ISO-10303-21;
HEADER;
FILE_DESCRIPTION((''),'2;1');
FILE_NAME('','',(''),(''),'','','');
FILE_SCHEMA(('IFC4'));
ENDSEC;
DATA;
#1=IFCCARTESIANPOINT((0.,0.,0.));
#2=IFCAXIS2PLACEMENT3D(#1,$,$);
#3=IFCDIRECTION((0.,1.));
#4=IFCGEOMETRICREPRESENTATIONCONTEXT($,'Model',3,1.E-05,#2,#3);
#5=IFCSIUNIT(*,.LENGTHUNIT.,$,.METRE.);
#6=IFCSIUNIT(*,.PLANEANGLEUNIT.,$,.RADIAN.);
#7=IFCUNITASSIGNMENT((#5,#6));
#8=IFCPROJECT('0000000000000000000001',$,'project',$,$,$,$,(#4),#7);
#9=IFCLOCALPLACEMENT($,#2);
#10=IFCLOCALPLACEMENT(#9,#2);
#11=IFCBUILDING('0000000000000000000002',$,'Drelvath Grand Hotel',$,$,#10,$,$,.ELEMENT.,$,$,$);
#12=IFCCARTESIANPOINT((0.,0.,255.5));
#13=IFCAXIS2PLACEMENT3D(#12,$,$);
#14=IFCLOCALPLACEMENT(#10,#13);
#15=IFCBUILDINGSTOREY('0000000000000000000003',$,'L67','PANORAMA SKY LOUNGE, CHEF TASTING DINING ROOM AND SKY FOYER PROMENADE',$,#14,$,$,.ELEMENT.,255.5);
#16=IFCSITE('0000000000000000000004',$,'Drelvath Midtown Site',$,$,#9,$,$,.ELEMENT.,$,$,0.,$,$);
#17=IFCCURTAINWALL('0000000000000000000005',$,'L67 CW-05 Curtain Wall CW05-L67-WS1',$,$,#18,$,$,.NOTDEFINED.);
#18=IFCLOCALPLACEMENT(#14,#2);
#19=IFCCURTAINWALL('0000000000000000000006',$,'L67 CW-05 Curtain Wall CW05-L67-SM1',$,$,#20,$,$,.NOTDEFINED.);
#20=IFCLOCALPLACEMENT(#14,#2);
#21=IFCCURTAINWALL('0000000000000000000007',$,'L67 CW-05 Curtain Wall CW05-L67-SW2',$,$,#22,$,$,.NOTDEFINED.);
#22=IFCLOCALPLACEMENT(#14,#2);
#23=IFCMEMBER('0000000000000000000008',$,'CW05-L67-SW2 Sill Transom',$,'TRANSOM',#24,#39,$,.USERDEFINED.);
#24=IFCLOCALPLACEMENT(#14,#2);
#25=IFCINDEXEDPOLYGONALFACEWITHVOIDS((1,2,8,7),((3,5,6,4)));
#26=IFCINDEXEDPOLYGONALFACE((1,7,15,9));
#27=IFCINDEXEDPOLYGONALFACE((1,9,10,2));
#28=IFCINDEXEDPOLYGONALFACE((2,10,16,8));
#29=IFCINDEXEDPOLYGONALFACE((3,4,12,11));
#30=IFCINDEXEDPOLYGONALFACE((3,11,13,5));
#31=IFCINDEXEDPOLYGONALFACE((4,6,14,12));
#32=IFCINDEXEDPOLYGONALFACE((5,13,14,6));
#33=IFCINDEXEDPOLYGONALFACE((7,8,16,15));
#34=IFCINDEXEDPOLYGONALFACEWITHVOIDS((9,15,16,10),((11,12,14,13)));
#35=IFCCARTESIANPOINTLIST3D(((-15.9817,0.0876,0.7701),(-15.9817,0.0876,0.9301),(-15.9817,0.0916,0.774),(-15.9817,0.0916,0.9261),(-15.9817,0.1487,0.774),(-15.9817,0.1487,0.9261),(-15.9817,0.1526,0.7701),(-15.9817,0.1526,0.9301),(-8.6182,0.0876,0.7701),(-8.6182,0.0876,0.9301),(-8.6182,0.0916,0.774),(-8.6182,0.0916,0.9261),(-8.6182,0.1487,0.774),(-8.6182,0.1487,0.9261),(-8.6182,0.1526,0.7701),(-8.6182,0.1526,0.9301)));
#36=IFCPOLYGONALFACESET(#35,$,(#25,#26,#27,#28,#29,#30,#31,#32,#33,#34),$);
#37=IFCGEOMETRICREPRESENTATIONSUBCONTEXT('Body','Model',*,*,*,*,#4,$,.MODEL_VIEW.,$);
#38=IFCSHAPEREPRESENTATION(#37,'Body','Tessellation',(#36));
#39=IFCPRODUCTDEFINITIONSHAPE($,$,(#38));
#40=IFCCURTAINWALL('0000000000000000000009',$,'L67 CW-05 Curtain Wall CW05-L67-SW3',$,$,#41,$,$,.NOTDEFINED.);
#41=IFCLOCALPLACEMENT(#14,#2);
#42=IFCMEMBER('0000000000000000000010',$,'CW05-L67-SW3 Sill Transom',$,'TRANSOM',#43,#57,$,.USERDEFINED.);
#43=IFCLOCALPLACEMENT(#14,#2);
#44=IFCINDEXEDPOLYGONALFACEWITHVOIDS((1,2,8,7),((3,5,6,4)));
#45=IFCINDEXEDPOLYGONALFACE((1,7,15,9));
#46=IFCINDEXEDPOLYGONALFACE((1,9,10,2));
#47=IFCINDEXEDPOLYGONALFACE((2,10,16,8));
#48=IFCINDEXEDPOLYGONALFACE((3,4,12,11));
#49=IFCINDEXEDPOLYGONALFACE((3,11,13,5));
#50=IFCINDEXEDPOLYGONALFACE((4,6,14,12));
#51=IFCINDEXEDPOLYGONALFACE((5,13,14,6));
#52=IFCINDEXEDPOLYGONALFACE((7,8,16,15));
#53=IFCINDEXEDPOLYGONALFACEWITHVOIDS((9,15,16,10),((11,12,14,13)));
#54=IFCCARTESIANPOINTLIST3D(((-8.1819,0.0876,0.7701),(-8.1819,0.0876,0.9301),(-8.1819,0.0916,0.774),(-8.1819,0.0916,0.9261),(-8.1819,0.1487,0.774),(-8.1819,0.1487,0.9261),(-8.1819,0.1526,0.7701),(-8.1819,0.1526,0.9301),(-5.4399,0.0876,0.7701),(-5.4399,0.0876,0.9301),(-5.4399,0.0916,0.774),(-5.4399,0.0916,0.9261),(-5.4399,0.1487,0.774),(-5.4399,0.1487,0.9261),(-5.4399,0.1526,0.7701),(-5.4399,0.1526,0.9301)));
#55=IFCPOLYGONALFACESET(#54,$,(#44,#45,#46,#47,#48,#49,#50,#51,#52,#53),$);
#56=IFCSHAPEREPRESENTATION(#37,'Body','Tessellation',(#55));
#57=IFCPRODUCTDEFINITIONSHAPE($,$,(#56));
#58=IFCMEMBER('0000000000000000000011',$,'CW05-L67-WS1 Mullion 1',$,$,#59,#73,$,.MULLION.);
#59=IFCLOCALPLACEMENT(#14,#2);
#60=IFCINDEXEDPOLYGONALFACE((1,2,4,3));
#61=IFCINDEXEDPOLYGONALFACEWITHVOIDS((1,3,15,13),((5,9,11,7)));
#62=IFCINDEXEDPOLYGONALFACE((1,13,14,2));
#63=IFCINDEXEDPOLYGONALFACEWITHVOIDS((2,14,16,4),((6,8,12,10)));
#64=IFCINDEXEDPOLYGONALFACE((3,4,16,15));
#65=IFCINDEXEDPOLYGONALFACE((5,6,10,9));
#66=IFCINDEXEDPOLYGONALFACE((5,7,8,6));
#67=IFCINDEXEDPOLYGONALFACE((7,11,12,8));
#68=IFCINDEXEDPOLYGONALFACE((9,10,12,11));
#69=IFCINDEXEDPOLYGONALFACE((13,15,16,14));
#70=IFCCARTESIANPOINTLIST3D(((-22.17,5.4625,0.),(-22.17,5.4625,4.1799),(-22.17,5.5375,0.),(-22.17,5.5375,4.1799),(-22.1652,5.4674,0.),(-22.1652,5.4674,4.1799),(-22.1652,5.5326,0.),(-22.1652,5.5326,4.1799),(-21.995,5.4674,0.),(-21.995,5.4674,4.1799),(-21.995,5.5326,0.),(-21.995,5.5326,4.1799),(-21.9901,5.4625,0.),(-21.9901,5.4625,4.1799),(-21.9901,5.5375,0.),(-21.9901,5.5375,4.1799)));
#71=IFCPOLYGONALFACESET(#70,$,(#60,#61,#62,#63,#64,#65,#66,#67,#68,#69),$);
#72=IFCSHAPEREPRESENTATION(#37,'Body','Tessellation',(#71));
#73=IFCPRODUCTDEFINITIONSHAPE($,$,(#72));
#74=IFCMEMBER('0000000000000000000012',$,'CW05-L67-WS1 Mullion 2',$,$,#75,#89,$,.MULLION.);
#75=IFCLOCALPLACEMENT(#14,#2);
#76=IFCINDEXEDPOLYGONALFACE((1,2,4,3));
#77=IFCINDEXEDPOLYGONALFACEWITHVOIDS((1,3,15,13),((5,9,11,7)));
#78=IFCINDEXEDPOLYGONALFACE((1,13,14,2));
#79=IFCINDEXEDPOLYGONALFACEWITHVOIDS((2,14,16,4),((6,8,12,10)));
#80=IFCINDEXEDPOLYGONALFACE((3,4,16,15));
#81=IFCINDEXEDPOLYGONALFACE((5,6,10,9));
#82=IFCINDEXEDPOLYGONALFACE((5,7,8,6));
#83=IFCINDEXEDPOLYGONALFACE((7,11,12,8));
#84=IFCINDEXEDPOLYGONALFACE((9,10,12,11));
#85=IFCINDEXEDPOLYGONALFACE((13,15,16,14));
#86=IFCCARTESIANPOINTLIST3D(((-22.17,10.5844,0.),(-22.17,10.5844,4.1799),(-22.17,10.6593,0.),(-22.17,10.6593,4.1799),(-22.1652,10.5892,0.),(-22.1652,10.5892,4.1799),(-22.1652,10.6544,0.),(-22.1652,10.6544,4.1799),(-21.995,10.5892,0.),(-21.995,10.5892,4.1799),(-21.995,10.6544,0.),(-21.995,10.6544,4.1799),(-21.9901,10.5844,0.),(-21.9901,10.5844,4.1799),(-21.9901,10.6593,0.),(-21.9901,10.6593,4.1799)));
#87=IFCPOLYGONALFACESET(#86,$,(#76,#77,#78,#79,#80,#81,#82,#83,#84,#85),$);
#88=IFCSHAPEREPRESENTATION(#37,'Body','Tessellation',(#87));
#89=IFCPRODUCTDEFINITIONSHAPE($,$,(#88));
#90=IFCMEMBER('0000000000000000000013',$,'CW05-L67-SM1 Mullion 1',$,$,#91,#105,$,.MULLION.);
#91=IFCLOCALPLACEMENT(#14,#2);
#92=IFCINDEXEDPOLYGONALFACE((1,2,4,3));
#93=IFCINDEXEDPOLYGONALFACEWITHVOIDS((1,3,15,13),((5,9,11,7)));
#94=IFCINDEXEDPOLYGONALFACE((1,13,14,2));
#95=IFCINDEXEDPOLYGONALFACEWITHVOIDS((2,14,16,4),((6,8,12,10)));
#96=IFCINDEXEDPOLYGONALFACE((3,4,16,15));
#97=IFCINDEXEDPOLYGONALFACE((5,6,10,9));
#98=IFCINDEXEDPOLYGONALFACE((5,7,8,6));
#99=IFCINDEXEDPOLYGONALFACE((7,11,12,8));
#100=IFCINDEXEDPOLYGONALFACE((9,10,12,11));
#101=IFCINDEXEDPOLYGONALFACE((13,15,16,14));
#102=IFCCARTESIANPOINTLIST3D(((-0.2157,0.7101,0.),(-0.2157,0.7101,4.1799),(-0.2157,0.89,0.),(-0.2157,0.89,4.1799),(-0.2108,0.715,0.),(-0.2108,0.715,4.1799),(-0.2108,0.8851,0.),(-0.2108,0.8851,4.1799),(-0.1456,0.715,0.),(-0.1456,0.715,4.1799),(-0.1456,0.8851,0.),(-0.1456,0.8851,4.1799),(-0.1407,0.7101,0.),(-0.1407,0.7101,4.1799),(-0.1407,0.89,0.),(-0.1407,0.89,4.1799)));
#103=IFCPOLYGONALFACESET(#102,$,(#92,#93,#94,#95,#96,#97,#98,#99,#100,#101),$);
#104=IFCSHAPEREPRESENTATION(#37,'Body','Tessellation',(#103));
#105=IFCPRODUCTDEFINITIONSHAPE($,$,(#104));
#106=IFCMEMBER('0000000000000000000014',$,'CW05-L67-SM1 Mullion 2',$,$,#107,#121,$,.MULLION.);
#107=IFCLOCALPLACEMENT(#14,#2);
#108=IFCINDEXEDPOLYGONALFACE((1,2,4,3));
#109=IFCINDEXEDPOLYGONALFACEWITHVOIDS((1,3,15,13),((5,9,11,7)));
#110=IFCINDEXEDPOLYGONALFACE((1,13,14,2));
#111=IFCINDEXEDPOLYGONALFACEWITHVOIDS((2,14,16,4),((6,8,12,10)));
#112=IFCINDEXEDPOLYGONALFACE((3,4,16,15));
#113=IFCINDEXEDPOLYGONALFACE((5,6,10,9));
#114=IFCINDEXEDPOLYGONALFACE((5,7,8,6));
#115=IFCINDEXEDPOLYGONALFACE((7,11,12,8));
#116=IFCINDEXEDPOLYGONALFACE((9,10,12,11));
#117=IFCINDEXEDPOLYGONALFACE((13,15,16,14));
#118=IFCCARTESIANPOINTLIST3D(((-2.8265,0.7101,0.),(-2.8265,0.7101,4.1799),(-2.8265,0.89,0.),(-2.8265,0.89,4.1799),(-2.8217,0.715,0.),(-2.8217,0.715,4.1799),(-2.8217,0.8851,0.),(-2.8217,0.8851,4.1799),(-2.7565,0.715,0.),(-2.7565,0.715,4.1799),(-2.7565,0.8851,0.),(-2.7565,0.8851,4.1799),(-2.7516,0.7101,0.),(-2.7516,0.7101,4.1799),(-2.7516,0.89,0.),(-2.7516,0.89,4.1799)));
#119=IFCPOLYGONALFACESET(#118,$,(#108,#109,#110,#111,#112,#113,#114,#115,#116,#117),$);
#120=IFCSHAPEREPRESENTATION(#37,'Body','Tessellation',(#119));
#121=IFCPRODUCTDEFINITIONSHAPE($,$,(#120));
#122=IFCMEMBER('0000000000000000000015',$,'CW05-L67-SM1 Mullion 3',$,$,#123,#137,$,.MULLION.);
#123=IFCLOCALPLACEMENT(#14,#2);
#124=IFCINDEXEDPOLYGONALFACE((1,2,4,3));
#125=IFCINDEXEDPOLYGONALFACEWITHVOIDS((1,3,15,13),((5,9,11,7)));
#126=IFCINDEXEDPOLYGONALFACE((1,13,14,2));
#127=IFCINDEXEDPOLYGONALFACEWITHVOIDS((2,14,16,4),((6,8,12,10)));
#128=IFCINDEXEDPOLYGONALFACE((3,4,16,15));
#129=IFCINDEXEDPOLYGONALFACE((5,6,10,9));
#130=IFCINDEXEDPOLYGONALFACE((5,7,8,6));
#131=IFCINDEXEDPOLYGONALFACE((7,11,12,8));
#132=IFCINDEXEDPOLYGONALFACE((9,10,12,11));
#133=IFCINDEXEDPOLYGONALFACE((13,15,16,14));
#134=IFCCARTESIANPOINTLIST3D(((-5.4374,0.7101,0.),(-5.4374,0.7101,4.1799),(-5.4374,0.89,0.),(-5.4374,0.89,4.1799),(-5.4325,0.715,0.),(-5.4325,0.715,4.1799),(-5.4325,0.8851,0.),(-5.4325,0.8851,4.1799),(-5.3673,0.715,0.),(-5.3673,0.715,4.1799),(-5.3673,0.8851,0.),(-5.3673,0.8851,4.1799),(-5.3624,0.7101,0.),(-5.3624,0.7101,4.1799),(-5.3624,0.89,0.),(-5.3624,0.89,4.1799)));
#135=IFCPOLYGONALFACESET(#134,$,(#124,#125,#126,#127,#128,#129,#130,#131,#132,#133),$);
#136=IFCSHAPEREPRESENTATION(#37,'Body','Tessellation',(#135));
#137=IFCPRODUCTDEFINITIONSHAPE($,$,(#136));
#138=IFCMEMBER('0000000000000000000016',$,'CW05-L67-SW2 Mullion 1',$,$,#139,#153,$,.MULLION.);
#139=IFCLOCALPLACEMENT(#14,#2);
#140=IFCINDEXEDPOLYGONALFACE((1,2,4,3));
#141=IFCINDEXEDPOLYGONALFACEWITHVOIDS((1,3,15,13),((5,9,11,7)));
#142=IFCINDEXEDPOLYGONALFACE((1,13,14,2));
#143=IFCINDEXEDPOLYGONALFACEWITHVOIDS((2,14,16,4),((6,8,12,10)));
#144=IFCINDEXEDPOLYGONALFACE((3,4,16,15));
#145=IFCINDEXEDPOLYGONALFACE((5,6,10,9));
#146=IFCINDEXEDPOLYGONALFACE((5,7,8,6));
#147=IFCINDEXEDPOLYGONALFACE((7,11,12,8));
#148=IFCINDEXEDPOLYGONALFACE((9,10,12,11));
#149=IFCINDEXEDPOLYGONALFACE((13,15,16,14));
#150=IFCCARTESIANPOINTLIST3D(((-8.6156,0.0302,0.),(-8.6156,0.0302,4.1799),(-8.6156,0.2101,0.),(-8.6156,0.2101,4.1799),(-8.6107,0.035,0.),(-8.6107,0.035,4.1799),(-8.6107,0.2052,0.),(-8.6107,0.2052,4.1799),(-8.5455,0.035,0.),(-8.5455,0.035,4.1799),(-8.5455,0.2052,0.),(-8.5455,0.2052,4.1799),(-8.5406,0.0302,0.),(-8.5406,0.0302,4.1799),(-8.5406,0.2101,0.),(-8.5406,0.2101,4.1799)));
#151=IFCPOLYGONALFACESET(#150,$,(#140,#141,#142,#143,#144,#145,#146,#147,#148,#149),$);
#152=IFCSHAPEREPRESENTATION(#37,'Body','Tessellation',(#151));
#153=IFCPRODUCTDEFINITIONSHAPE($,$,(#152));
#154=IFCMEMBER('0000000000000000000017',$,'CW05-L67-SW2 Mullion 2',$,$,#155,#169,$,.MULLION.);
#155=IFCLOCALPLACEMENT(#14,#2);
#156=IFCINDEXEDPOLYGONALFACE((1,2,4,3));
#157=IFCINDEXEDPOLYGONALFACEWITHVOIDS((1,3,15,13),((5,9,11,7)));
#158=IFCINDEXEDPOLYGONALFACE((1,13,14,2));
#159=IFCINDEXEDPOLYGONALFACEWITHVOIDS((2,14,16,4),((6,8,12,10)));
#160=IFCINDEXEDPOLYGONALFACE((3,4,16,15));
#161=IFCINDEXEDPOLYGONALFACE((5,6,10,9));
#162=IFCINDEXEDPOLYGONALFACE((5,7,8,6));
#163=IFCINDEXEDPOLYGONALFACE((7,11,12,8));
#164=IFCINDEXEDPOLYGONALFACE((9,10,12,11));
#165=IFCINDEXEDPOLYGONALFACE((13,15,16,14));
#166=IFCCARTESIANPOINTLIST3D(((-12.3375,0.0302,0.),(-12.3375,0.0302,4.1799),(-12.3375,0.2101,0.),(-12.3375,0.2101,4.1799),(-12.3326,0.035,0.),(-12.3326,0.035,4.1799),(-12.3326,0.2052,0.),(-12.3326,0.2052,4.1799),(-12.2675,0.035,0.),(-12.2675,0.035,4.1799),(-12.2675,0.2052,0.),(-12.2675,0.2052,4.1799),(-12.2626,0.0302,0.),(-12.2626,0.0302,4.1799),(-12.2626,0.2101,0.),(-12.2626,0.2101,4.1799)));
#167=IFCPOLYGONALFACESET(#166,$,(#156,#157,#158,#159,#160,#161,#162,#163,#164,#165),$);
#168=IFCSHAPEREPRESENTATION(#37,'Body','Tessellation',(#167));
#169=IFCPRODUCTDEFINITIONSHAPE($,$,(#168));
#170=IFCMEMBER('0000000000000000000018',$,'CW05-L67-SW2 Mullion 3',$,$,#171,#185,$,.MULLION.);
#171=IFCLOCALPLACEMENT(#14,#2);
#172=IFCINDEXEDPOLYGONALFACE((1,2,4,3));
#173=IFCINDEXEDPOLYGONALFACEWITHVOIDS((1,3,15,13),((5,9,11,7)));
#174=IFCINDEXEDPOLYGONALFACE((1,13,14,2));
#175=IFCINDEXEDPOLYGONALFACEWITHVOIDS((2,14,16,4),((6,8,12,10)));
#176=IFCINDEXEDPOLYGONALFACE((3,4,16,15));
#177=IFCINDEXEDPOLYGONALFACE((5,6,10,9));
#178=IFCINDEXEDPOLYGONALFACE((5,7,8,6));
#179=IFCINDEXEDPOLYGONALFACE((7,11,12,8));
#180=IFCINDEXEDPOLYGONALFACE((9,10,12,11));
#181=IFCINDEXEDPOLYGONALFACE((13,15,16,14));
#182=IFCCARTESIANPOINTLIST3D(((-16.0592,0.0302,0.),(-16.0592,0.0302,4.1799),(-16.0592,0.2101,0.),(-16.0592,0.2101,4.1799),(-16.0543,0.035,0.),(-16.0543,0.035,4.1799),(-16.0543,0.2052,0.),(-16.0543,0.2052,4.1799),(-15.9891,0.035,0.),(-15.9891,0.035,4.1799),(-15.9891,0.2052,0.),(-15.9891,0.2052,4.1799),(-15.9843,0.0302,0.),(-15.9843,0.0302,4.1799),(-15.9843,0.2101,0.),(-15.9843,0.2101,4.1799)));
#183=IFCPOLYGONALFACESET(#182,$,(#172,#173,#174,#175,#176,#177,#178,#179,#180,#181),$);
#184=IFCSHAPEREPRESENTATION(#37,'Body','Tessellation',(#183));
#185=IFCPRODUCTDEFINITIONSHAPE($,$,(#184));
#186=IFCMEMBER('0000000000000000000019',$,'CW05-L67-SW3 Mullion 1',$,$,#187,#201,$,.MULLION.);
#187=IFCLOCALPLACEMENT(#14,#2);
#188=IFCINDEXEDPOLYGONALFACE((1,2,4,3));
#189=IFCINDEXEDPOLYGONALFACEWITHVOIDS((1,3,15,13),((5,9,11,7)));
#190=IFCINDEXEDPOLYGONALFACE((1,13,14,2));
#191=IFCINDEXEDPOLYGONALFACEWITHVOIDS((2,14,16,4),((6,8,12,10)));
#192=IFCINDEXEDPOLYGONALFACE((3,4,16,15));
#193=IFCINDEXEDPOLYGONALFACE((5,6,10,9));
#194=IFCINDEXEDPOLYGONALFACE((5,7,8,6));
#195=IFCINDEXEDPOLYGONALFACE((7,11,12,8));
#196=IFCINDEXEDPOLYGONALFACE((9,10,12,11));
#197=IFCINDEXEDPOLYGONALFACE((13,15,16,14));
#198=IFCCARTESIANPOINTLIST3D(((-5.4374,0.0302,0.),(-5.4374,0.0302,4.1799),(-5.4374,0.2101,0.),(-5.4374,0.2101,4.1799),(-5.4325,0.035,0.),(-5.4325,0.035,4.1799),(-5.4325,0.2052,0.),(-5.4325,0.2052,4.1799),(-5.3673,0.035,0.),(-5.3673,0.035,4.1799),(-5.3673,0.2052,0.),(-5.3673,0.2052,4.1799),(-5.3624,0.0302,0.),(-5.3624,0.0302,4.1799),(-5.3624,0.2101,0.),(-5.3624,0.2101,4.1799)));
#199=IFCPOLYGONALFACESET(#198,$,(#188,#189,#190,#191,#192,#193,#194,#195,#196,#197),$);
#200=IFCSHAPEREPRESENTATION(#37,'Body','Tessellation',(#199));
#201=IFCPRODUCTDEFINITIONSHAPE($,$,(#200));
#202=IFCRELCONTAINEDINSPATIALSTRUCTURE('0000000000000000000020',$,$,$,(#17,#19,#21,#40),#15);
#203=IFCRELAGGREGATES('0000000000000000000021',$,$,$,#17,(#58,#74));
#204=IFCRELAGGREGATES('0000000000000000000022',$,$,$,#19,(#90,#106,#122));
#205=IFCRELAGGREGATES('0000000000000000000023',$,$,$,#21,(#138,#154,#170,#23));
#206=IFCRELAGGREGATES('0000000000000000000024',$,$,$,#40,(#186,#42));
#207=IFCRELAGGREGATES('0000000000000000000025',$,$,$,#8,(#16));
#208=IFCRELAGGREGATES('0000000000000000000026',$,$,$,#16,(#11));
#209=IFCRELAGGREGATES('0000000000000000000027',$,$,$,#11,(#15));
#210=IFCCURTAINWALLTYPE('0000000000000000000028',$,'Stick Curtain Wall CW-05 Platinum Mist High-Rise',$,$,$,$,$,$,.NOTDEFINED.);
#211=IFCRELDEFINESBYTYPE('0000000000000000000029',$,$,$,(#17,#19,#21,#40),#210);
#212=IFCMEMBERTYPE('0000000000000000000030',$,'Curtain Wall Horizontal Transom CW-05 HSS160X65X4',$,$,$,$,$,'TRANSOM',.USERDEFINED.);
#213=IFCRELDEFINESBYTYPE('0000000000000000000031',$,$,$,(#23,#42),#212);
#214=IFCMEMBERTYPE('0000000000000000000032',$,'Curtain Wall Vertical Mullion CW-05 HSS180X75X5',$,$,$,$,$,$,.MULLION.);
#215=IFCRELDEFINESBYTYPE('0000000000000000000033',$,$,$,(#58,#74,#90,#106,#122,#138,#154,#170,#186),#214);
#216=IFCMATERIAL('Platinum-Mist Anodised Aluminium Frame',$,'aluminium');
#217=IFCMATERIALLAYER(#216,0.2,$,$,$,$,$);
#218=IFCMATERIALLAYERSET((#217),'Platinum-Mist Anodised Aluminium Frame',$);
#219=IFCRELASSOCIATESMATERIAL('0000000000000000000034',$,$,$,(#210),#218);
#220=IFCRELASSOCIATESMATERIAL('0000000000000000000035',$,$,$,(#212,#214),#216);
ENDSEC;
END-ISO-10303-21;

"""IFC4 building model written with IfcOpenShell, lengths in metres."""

from ifc_helpers import new_model, si_unit, direction, frame, origin, origin_2d, place, context, subcontext, project, spatial, hollow_rectangle, extrude, material, layer, layer_set, material_profile, profile_set, type_object, element, aggregate, save


model = new_model("IFC4")

# Units and contexts
model_context = context("Model", 3, precision=1e-05, world=origin(), true_north=direction((0.0, 1.0)))
body_context = subcontext(model_context, "Body", "Model", "MODEL_VIEW")
ifc_project = project(units=[si_unit("LENGTHUNIT", "METRE"), si_unit("PLANEANGLEUNIT", "RADIAN")], contexts=[model_context])

# Site, building, storey
site_placement = place(None, origin())
site = spatial("IfcSite", under=ifc_project, at=site_placement, Name="Drelvath Midtown Site", CompositionType="ELEMENT", RefElevation=0.0)
building_placement = place(site_placement, origin())
building = spatial("IfcBuilding", under=site, at=building_placement, Name="Drelvath Grand Hotel", CompositionType="ELEMENT")
storey_placement = place(building_placement, frame((0.0, 0.0, 255.5)))
storey = spatial("IfcBuildingStorey", under=building, at=storey_placement, Name="L67", Description="PANORAMA SKY LOUNGE, CHEF TASTING DINING ROOM AND SKY FOYER PROMENADE", CompositionType="ELEMENT", Elevation=255.5)

# Curtain walls, members
ifc_material_1 = material(Name="Platinum-Mist Anodised Aluminium Frame", Category="aluminium")
ifc_layer_1 = layer(ifc_material_1, 0.2)
ifc_layer_set_1 = layer_set([ifc_layer_1], Name="Platinum-Mist Anodised Aluminium Frame")
curtain_wall_type = type_object("IfcCurtainWallType", Name="Stick Curtain Wall CW-05 Platinum Mist High-Rise", PredefinedType="NOTDEFINED", material=ifc_layer_set_1)
curtain_wall_1_placement = place(storey_placement, origin())
curtain_wall_1 = element("IfcCurtainWall", 1, at=curtain_wall_1_placement, inside=storey, type_object=curtain_wall_type, Name="L67 CW-05 Curtain Wall CW05-L67-WS1", PredefinedType="NOTDEFINED")
ifc_material_profile_1 = material_profile(ifc_material_1, hollow_rectangle(XDim=0.0649, YDim=0.1599, WallThickness=0.0039, at=origin_2d()), Name="HSS160X65X4")
ifc_profile_set_1 = profile_set([ifc_material_profile_1], Name="Platinum-Mist Anodised Aluminium Frame")
member_type_1 = type_object("IfcMemberType", Name="Curtain Wall Horizontal Transom CW-05 HSS160X65X4", ElementType="TRANSOM", PredefinedType="USERDEFINED", material=ifc_profile_set_1)
curtain_wall_2_placement = place(storey_placement, origin())
curtain_wall_2 = element("IfcCurtainWall", 2, at=curtain_wall_2_placement, inside=storey, type_object=curtain_wall_type, Name="L67 CW-05 Curtain Wall CW05-L67-SM1", PredefinedType="NOTDEFINED")
curtain_wall_3_placement = place(storey_placement, origin())
curtain_wall_3 = element("IfcCurtainWall", 3, at=curtain_wall_3_placement, inside=storey, type_object=curtain_wall_type, Name="L67 CW-05 Curtain Wall CW05-L67-SW2", PredefinedType="NOTDEFINED")
member_1_placement = place(storey_placement, frame((-8.6182, 0.1201, 0.8501), z_axis=(-1.0, 0.0, 0.0), x_axis=(0.0, -1.0, 0.0)))
member_1 = element("IfcMember", 4, at=member_1_placement, type_object=member_type_1, Name="CW05-L67-SW2 Sill Transom", ObjectType="TRANSOM", PredefinedType="USERDEFINED", context=body_context, shape_type="SweptSolid", body=[
    extrude(hollow_rectangle(XDim=0.0649, YDim=0.1599, WallThickness=0.0039, at=origin_2d()), origin(), (0.0, 0.0, 1.0), 7.3635),
])
curtain_wall_4_placement = place(storey_placement, origin())
curtain_wall_4 = element("IfcCurtainWall", 5, at=curtain_wall_4_placement, inside=storey, type_object=curtain_wall_type, Name="L67 CW-05 Curtain Wall CW05-L67-SW3", PredefinedType="NOTDEFINED")
member_2_placement = place(storey_placement, frame((-5.4399, 0.1201, 0.8501), z_axis=(-1.0, 0.0, 0.0), x_axis=(0.0, -1.0, 0.0)))
member_2 = element("IfcMember", 6, at=member_2_placement, type_object=member_type_1, Name="CW05-L67-SW3 Sill Transom", ObjectType="TRANSOM", PredefinedType="USERDEFINED", context=body_context, shape_type="SweptSolid", body=[
    extrude(hollow_rectangle(XDim=0.0649, YDim=0.1599, WallThickness=0.0039, at=origin_2d()), origin(), (0.0, 0.0, 1.0), 2.7419),
])

# Members
ifc_material_profile_2 = material_profile(ifc_material_1, hollow_rectangle(XDim=0.075, YDim=0.1799, WallThickness=0.0049, at=origin_2d()), Name="HSS180X75X5")
ifc_profile_set_2 = profile_set([ifc_material_profile_2], Name="Platinum-Mist Anodised Aluminium Frame")
member_type_2 = type_object("IfcMemberType", Name="Curtain Wall Vertical Mullion CW-05 HSS180X75X5", PredefinedType="MULLION", material=ifc_profile_set_2)
member_3_placement = place(storey_placement, frame((-22.0801, 5.5, 0.0), z_axis=(0.0, 0.0, 1.0), x_axis=(0.0, 1.0, 0.0)))
member_3 = element("IfcMember", 7, at=member_3_placement, type_object=member_type_2, Name="CW05-L67-WS1 Mullion 1", PredefinedType="MULLION", context=body_context, shape_type="SweptSolid", body=[
    extrude(hollow_rectangle(XDim=0.075, YDim=0.1799, WallThickness=0.0049, at=origin_2d()), origin(), (0.0, 0.0, 1.0), 4.1799),
])
member_4_placement = place(storey_placement, frame((-22.0801, 10.6218, 0.0), z_axis=(0.0, 0.0, 1.0), x_axis=(0.0, 1.0, 0.0)))
member_4 = element("IfcMember", 8, at=member_4_placement, type_object=member_type_2, Name="CW05-L67-WS1 Mullion 2", PredefinedType="MULLION", context=body_context, shape_type="SweptSolid", body=[
    extrude(hollow_rectangle(XDim=0.075, YDim=0.1799, WallThickness=0.0049, at=origin_2d()), origin(), (0.0, 0.0, 1.0), 4.1799),
])
member_5_placement = place(storey_placement, frame((-0.1782, 0.8, 0.0), z_axis=(0.0, 0.0, 1.0), x_axis=(1.0, 0.0, 0.0)))
member_5 = element("IfcMember", 9, at=member_5_placement, type_object=member_type_2, Name="CW05-L67-SM1 Mullion 1", PredefinedType="MULLION", context=body_context, shape_type="SweptSolid", body=[
    extrude(hollow_rectangle(XDim=0.075, YDim=0.1799, WallThickness=0.0049, at=origin_2d()), origin(), (0.0, 0.0, 1.0), 4.1799),
])
member_6_placement = place(storey_placement, frame((-2.7891, 0.8, 0.0), z_axis=(0.0, 0.0, 1.0), x_axis=(1.0, 0.0, 0.0)))
member_6 = element("IfcMember", 10, at=member_6_placement, type_object=member_type_2, Name="CW05-L67-SM1 Mullion 2", PredefinedType="MULLION", context=body_context, shape_type="SweptSolid", body=[
    extrude(hollow_rectangle(XDim=0.075, YDim=0.1799, WallThickness=0.0049, at=origin_2d()), origin(), (0.0, 0.0, 1.0), 4.1799),
])
member_7_placement = place(storey_placement, frame((-5.3999, 0.8, 0.0), z_axis=(0.0, 0.0, 1.0), x_axis=(1.0, 0.0, 0.0)))
member_7 = element("IfcMember", 11, at=member_7_placement, type_object=member_type_2, Name="CW05-L67-SM1 Mullion 3", PredefinedType="MULLION", context=body_context, shape_type="SweptSolid", body=[
    extrude(hollow_rectangle(XDim=0.075, YDim=0.1799, WallThickness=0.0049, at=origin_2d()), origin(), (0.0, 0.0, 1.0), 4.1799),
])
member_8_placement = place(storey_placement, frame((-8.5781, 0.1201, 0.0), z_axis=(0.0, 0.0, 1.0), x_axis=(1.0, 0.0, 0.0)))
member_8 = element("IfcMember", 12, at=member_8_placement, type_object=member_type_2, Name="CW05-L67-SW2 Mullion 1", PredefinedType="MULLION", context=body_context, shape_type="SweptSolid", body=[
    extrude(hollow_rectangle(XDim=0.075, YDim=0.1799, WallThickness=0.0049, at=origin_2d()), origin(), (0.0, 0.0, 1.0), 4.1799),
])
member_9_placement = place(storey_placement, frame((-12.3, 0.1201, 0.0), z_axis=(0.0, 0.0, 1.0), x_axis=(1.0, 0.0, 0.0)))
member_9 = element("IfcMember", 13, at=member_9_placement, type_object=member_type_2, Name="CW05-L67-SW2 Mullion 2", PredefinedType="MULLION", context=body_context, shape_type="SweptSolid", body=[
    extrude(hollow_rectangle(XDim=0.075, YDim=0.1799, WallThickness=0.0049, at=origin_2d()), origin(), (0.0, 0.0, 1.0), 4.1799),
])
member_10_placement = place(storey_placement, frame((-16.0217, 0.1201, 0.0), z_axis=(0.0, 0.0, 1.0), x_axis=(1.0, 0.0, 0.0)))
member_10 = element("IfcMember", 14, at=member_10_placement, type_object=member_type_2, Name="CW05-L67-SW2 Mullion 3", PredefinedType="MULLION", context=body_context, shape_type="SweptSolid", body=[
    extrude(hollow_rectangle(XDim=0.075, YDim=0.1799, WallThickness=0.0049, at=origin_2d()), origin(), (0.0, 0.0, 1.0), 4.1799),
])
member_11_placement = place(storey_placement, frame((-5.3999, 0.1201, 0.0), z_axis=(0.0, 0.0, 1.0), x_axis=(1.0, 0.0, 0.0)))
member_11 = element("IfcMember", 15, at=member_11_placement, type_object=member_type_2, Name="CW05-L67-SW3 Mullion 1", PredefinedType="MULLION", context=body_context, shape_type="SweptSolid", body=[
    extrude(hollow_rectangle(XDim=0.075, YDim=0.1799, WallThickness=0.0049, at=origin_2d()), origin(), (0.0, 0.0, 1.0), 4.1799),
])

aggregate(curtain_wall_1, [member_3, member_4])
aggregate(curtain_wall_2, [member_5, member_6, member_7])
aggregate(curtain_wall_3, [member_8, member_9, member_10, member_1])
aggregate(curtain_wall_4, [member_11, member_2])

save(model, "model.ifc")
